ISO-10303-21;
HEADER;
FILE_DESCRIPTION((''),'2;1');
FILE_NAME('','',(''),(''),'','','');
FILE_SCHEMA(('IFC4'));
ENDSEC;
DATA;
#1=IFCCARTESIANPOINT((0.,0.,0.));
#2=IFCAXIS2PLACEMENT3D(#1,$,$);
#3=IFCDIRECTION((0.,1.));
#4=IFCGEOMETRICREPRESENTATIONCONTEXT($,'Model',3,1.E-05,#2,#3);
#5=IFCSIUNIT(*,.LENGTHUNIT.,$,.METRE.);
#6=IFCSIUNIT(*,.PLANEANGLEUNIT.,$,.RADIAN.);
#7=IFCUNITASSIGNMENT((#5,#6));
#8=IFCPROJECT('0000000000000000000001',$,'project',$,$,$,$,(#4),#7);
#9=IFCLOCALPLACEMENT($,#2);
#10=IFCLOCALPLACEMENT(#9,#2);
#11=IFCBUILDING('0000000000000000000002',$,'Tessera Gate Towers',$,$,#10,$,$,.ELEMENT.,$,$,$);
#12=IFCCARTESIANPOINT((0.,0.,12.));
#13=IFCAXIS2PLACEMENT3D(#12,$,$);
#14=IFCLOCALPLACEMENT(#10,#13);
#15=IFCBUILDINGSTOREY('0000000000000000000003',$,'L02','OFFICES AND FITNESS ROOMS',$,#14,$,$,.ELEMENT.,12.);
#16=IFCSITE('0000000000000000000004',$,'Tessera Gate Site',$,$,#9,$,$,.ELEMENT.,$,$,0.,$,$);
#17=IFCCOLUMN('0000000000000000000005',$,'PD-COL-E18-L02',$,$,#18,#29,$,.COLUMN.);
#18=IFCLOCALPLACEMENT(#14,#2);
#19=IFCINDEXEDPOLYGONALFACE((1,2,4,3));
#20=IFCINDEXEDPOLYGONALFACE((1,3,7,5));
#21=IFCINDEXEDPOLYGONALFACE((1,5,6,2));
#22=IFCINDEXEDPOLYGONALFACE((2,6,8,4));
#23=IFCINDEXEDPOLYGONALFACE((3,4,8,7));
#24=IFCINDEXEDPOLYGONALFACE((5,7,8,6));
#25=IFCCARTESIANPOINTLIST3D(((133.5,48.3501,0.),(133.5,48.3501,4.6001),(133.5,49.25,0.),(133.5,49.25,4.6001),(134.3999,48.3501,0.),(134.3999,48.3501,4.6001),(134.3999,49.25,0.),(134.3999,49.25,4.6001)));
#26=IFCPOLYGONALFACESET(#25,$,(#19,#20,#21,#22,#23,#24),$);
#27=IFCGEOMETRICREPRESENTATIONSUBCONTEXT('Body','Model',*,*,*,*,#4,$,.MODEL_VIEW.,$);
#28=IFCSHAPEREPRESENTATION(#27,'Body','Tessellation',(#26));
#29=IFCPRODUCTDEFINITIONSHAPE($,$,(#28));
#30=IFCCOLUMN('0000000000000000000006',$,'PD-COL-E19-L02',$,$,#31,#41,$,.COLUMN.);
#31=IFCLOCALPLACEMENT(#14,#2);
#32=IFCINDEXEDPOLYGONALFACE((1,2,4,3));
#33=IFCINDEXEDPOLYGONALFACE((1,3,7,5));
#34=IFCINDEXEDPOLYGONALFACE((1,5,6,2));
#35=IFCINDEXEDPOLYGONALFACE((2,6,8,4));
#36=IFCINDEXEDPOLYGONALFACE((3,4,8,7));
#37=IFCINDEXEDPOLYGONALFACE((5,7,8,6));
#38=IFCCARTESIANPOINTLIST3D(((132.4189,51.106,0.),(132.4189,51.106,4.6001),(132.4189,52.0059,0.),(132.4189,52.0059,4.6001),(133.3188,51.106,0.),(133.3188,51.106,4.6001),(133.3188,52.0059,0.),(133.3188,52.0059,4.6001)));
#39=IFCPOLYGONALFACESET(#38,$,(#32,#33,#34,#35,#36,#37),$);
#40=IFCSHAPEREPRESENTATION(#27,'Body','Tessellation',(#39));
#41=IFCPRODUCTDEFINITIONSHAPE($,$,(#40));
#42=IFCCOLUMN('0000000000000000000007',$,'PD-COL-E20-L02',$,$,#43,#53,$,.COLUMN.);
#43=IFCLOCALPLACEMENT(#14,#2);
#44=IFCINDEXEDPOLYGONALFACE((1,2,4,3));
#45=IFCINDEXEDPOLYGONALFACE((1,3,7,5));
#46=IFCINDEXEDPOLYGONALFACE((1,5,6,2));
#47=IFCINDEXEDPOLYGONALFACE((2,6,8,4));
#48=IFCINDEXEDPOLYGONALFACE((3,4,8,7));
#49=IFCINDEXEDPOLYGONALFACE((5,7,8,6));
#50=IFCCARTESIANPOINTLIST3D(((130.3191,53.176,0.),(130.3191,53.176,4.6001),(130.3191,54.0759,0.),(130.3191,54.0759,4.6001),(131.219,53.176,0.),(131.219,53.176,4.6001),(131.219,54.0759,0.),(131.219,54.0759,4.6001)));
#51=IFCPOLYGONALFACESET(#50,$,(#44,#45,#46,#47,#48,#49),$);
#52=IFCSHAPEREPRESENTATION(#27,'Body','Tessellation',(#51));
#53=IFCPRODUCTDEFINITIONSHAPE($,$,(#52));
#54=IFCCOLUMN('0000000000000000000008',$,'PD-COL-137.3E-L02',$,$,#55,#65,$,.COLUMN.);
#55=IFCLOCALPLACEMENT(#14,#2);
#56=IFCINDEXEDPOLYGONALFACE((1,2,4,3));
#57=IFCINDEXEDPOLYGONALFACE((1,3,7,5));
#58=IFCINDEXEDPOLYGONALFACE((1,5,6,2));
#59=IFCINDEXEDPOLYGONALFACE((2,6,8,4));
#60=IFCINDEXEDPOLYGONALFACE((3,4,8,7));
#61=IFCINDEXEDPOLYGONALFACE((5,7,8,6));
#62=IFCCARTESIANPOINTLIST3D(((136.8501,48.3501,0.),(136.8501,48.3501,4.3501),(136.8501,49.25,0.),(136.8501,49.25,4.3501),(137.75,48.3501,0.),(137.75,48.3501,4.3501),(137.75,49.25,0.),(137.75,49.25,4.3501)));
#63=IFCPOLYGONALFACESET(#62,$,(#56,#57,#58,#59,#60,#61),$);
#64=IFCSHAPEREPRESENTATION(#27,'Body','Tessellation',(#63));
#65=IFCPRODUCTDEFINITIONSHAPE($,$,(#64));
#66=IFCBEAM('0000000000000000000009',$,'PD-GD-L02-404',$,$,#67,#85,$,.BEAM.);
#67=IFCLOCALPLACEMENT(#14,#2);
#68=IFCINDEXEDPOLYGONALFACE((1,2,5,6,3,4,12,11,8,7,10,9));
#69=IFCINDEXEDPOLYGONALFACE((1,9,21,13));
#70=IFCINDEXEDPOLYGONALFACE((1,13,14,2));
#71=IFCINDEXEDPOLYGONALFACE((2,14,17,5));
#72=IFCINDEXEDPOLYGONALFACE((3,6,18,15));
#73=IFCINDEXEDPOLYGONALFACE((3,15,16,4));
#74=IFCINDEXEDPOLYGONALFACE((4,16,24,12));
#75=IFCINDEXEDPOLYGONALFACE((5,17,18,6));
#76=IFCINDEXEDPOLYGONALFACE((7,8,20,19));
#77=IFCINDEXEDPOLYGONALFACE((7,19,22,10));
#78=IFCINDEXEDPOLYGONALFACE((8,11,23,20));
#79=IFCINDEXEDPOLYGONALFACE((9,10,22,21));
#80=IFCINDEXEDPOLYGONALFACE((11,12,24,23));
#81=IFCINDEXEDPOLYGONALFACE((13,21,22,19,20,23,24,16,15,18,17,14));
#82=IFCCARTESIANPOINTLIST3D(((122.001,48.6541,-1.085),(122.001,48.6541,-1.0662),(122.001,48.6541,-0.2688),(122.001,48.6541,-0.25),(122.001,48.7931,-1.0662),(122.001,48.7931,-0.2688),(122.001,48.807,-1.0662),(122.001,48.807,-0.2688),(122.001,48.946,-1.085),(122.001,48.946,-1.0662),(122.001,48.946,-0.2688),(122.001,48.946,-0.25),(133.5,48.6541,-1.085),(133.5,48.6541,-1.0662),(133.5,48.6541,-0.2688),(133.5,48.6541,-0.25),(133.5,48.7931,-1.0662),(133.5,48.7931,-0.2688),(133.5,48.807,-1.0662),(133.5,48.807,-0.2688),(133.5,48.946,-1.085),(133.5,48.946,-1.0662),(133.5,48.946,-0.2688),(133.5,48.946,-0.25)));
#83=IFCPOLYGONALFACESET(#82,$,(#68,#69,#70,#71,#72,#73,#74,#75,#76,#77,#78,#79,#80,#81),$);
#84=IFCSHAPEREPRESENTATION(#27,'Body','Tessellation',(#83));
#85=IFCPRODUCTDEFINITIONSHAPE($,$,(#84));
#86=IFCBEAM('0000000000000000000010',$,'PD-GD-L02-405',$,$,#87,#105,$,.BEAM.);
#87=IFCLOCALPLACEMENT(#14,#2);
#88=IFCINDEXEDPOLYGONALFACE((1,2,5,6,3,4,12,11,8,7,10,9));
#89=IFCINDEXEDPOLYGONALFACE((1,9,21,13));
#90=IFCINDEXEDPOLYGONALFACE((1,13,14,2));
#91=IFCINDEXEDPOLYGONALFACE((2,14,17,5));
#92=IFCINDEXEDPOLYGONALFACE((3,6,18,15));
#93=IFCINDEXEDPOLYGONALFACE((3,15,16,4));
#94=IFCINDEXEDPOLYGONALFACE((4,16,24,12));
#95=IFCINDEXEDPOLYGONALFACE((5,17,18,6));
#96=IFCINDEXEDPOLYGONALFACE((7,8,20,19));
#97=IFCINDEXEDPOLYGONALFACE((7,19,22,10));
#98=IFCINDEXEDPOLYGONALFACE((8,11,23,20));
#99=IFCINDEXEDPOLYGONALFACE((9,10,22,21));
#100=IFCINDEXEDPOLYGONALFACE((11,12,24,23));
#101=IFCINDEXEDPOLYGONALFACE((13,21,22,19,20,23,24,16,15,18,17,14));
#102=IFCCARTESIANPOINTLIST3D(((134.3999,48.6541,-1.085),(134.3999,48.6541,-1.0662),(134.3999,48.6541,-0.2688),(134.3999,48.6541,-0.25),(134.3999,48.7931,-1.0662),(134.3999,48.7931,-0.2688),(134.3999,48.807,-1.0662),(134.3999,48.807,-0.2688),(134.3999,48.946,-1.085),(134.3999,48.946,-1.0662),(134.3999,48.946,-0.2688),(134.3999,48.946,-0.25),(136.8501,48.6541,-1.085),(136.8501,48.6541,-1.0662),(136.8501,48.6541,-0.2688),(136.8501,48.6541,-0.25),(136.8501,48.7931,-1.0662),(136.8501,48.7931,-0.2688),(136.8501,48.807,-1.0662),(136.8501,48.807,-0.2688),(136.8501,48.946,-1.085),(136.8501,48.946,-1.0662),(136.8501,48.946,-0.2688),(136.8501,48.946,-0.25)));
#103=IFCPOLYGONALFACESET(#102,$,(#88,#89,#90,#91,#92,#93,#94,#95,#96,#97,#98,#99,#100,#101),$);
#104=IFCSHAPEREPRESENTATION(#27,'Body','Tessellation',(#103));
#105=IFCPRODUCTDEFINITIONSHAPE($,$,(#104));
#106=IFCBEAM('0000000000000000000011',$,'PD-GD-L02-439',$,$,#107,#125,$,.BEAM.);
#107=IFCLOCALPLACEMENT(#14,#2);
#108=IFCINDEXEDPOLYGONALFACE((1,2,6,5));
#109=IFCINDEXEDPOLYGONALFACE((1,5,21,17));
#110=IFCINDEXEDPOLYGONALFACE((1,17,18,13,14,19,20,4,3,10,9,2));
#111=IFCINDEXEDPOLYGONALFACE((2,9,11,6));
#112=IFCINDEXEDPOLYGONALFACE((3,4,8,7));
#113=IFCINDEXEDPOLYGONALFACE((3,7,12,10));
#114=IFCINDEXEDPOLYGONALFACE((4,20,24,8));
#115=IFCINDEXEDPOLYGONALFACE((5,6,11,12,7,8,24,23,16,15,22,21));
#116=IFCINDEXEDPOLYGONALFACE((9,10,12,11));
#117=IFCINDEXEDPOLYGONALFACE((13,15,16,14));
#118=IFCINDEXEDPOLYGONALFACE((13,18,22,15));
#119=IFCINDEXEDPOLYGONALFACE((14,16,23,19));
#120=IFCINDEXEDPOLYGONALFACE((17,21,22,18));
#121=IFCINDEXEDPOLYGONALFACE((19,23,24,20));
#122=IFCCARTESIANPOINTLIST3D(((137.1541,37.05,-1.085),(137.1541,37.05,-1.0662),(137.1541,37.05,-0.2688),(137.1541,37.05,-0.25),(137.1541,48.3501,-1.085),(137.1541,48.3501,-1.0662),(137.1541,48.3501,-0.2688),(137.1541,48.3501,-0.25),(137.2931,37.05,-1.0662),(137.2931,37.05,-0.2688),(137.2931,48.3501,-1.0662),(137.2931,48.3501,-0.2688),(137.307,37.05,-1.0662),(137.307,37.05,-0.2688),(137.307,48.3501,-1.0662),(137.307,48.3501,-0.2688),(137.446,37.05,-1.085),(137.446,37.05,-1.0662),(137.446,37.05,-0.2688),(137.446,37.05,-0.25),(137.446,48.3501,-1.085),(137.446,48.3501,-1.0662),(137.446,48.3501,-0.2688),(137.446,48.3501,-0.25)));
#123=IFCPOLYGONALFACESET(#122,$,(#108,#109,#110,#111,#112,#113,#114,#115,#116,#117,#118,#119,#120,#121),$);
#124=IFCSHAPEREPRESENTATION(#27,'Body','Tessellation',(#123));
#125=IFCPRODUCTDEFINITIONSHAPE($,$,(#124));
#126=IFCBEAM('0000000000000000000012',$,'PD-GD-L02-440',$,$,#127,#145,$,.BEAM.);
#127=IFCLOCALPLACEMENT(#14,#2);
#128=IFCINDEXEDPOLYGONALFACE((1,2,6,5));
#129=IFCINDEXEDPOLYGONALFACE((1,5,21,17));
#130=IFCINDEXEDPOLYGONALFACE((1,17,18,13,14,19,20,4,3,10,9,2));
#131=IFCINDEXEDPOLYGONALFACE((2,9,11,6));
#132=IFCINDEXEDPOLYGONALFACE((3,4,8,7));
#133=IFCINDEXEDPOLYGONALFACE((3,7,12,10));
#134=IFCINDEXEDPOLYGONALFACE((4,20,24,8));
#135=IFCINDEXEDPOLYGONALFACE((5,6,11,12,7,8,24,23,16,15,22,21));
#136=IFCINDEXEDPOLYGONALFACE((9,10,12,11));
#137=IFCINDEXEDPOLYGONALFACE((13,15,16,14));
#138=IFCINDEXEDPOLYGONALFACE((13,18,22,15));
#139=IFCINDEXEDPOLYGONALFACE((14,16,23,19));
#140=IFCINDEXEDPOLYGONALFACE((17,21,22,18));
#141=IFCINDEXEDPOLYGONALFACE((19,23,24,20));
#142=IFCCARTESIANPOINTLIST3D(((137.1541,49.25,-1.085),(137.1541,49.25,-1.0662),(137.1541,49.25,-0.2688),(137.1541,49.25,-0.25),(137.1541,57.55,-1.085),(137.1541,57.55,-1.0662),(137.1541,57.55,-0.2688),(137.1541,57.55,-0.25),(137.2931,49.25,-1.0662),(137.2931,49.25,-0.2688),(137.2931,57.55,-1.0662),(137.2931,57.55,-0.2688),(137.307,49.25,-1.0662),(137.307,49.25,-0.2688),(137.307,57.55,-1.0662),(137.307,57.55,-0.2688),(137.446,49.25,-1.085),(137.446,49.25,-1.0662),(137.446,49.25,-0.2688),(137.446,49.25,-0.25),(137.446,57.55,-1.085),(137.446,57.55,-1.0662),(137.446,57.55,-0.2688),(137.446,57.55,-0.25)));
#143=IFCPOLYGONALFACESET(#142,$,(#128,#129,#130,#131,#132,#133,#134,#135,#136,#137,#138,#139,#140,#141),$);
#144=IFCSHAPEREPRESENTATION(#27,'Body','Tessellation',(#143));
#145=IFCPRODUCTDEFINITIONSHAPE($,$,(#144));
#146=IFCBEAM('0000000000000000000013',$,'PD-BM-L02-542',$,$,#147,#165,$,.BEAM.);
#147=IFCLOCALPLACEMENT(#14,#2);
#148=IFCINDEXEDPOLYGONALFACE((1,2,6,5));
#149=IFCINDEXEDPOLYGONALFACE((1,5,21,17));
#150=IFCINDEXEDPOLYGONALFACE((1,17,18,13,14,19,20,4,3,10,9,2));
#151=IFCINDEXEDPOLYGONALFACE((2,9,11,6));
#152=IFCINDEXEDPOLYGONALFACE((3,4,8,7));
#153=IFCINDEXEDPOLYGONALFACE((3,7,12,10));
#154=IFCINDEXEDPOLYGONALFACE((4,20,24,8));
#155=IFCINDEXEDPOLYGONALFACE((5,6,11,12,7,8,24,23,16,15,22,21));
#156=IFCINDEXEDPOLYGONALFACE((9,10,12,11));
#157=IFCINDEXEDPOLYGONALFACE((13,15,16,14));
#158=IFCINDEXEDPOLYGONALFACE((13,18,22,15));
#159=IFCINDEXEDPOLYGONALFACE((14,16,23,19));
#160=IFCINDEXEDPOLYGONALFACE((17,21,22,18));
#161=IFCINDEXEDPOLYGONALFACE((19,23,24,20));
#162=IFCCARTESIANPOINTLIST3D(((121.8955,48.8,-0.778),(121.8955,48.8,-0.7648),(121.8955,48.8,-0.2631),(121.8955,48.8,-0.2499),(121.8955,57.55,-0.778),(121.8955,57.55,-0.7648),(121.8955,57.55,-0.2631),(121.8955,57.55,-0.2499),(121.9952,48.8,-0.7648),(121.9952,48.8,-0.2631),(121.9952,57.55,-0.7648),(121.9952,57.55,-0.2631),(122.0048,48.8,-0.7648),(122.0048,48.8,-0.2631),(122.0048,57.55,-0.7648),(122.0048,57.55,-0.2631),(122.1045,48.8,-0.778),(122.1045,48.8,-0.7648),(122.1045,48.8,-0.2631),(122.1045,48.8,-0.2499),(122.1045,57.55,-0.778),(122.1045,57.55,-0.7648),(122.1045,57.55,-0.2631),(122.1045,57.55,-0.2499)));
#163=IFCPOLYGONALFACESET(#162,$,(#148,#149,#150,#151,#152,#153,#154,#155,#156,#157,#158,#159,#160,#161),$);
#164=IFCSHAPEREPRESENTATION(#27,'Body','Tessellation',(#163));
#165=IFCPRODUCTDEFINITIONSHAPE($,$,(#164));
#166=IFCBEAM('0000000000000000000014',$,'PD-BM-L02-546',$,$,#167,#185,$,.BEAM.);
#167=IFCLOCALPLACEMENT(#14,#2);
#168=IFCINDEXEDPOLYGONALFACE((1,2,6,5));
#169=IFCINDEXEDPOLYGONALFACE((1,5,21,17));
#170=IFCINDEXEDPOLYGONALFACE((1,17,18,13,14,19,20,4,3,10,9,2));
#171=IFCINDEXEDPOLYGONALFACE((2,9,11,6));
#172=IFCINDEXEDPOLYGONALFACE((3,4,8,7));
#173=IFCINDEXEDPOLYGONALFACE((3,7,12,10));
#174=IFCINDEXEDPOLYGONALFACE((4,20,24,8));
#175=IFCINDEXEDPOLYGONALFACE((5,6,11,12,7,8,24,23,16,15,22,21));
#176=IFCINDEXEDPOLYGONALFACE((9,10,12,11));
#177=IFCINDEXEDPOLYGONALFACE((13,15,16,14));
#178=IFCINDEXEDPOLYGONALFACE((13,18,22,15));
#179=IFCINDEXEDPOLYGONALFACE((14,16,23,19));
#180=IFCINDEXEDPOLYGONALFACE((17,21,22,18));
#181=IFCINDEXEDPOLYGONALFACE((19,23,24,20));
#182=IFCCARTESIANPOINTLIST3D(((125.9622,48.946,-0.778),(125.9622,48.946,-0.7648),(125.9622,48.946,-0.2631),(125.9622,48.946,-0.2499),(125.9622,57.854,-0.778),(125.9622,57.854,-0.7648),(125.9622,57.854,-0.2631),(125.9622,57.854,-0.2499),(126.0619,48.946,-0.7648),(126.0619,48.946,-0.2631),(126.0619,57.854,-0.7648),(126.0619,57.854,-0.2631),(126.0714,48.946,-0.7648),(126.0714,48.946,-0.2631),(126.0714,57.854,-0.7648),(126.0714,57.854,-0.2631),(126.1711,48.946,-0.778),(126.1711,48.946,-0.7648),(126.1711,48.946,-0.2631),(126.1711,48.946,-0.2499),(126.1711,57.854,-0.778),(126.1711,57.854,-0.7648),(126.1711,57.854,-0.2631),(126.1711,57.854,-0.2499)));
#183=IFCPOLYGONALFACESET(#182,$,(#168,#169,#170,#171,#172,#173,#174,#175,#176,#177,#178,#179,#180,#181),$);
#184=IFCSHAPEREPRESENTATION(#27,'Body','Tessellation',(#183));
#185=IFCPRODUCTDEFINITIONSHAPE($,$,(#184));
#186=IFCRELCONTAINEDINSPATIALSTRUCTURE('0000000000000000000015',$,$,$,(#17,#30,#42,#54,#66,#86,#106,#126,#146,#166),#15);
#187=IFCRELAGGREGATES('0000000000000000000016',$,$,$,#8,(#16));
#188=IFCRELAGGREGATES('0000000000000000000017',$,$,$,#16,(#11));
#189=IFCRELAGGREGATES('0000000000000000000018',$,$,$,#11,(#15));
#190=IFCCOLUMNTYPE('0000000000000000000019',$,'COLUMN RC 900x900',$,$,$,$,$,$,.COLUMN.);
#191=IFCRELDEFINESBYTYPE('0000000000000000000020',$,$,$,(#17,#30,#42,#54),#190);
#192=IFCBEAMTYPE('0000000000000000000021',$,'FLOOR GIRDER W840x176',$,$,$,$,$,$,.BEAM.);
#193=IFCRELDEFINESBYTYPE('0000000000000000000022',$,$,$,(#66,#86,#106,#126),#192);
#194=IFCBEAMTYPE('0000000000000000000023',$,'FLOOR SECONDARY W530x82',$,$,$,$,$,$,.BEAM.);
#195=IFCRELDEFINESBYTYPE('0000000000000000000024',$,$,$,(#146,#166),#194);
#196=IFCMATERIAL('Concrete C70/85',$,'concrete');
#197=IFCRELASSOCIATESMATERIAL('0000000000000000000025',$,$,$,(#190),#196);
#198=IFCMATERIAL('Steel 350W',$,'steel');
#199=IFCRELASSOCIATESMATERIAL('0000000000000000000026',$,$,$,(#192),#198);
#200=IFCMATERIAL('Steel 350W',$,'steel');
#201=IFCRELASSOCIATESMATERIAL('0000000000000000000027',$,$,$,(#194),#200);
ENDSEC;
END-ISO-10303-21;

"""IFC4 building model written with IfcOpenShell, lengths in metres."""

from ifc_helpers import new_model, si_unit, direction, frame, origin, origin_2d, place, context, subcontext, project, spatial, rectangle, i_section, extrude, material, material_profile, profile_set, type_object, element, save


model = new_model("IFC4")

# Units and contexts
model_context = context("Model", 3, precision=1e-05, world=origin(), true_north=direction((0.0, 1.0)))
body_context = subcontext(model_context, "Body", "Model", "MODEL_VIEW")
ifc_project = project(units=[si_unit("LENGTHUNIT", "METRE"), si_unit("PLANEANGLEUNIT", "RADIAN")], contexts=[model_context])

# Site, building, storey
site_placement = place(None, origin())
site = spatial("IfcSite", under=ifc_project, at=site_placement, Name="Tessera Gate Site", CompositionType="ELEMENT", RefElevation=0.0)
building_placement = place(site_placement, origin())
building = spatial("IfcBuilding", under=site, at=building_placement, Name="Tessera Gate Towers", CompositionType="ELEMENT")
storey_placement = place(building_placement, frame((0.0, 0.0, 12.0)))
storey = spatial("IfcBuildingStorey", under=building, at=storey_placement, Name="L02", Description="OFFICES AND FITNESS ROOMS", CompositionType="ELEMENT", Elevation=12.0)

# Columns
ifc_material_1 = material(Name="Concrete C70/85", Category="concrete")
ifc_material_profile_1 = material_profile(ifc_material_1, rectangle(XDim=0.8999, YDim=0.8999, at=origin_2d()), Name="RC 900x900")
ifc_profile_set_1 = profile_set([ifc_material_profile_1], Name="Concrete C70/85")
column_type = type_object("IfcColumnType", Name="COLUMN RC 900x900", PredefinedType="COLUMN", material=ifc_profile_set_1)
for number, where, z_axis, x_axis, name in (
    (1, (133.95, 48.8, 0.0), (0.0, 0.0, 1.0), (1.0, 0.0, 0.0), "PD-COL-E18-L02"),
    (2, (132.8689, 51.5559, 0.0), (0.0, 0.0, 1.0), (1.0, 0.0, 0.0), "PD-COL-E19-L02"),
    (3, (130.769, 53.626, 0.0), (0.0, 0.0, 1.0), (1.0, 0.0, 0.0), "PD-COL-E20-L02"),
):
    element("IfcColumn", number, at=place(storey_placement, frame(where, z_axis=z_axis, x_axis=x_axis)), inside=storey, type_object=column_type, Name=name, PredefinedType="COLUMN", context=body_context, shape_type="SweptSolid", body=[
        extrude(rectangle(XDim=0.8999, YDim=0.8999, at=origin_2d()), origin(), (0.0, 0.0, 1.0), 4.6001),
    ])
column_placement = place(storey_placement, frame((137.3, 48.8, 0.0), z_axis=(0.0, 0.0, 1.0), x_axis=(1.0, 0.0, 0.0)))
element("IfcColumn", 4, at=column_placement, inside=storey, type_object=column_type, Name="PD-COL-137.3E-L02", PredefinedType="COLUMN", context=body_context, shape_type="SweptSolid", body=[
    extrude(rectangle(XDim=0.8999, YDim=0.8999, at=origin_2d()), origin(), (0.0, 0.0, 1.0), 4.3501),
])

# Beams
ifc_material_2 = material(Name="Steel 350W", Category="steel")
ifc_material_profile_2 = material_profile(ifc_material_2, i_section(OverallWidth=0.292, OverallDepth=0.835, WebThickness=0.0139, FlangeThickness=0.0188, at=origin_2d()), Name="W840x176")
ifc_profile_set_2 = profile_set([ifc_material_profile_2], Name="Steel 350W")
beam_type_1 = type_object("IfcBeamType", Name="FLOOR GIRDER W840x176", PredefinedType="BEAM", material=ifc_profile_set_2)
beam_1_placement = place(storey_placement, frame((122.001, 48.8, -0.6675), z_axis=(1.0, 0.0, 0.0), x_axis=(0.0, 1.0, 0.0)))
element("IfcBeam", 5, at=beam_1_placement, inside=storey, type_object=beam_type_1, Name="PD-GD-L02-404", PredefinedType="BEAM", context=body_context, shape_type="SweptSolid", body=[
    extrude(i_section(OverallWidth=0.292, OverallDepth=0.835, WebThickness=0.0139, FlangeThickness=0.0188, at=origin_2d()), origin(), (0.0, 0.0, 1.0), 11.499),
])
beam_2_placement = place(storey_placement, frame((134.3999, 48.8, -0.6675), z_axis=(1.0, 0.0, 0.0), x_axis=(0.0, 1.0, 0.0)))
element("IfcBeam", 6, at=beam_2_placement, inside=storey, type_object=beam_type_1, Name="PD-GD-L02-405", PredefinedType="BEAM", context=body_context, shape_type="SweptSolid", body=[
    extrude(i_section(OverallWidth=0.292, OverallDepth=0.835, WebThickness=0.0139, FlangeThickness=0.0188, at=origin_2d()), origin(), (0.0, 0.0, 1.0), 2.4502),
])
beam_3_placement = place(storey_placement, frame((137.3, 37.05, -0.6675), z_axis=(0.0, 1.0, 0.0), x_axis=(-1.0, 0.0, 0.0)))
element("IfcBeam", 7, at=beam_3_placement, inside=storey, type_object=beam_type_1, Name="PD-GD-L02-439", PredefinedType="BEAM", context=body_context, shape_type="SweptSolid", body=[
    extrude(i_section(OverallWidth=0.292, OverallDepth=0.835, WebThickness=0.0139, FlangeThickness=0.0188, at=origin_2d()), origin(), (0.0, 0.0, 1.0), 11.3),
])
beam_4_placement = place(storey_placement, frame((137.3, 49.25, -0.6675), z_axis=(0.0, 1.0, 0.0), x_axis=(-1.0, 0.0, 0.0)))
element("IfcBeam", 8, at=beam_4_placement, inside=storey, type_object=beam_type_1, Name="PD-GD-L02-440", PredefinedType="BEAM", context=body_context, shape_type="SweptSolid", body=[
    extrude(i_section(OverallWidth=0.292, OverallDepth=0.835, WebThickness=0.0139, FlangeThickness=0.0188, at=origin_2d()), origin(), (0.0, 0.0, 1.0), 8.3),
])
ifc_material_3 = material(Name="Steel 350W", Category="steel")
ifc_material_profile_3 = material_profile(ifc_material_3, i_section(OverallWidth=0.209, OverallDepth=0.5281, WebThickness=0.0095, FlangeThickness=0.0132, at=origin_2d()), Name="W530x82")
ifc_profile_set_3 = profile_set([ifc_material_profile_3], Name="Steel 350W")
beam_type_2 = type_object("IfcBeamType", Name="FLOOR SECONDARY W530x82", PredefinedType="BEAM", material=ifc_profile_set_3)
beam_5_placement = place(storey_placement, frame((122.0, 48.8, -0.5139), z_axis=(0.0, 1.0, 0.0), x_axis=(-1.0, 0.0, 0.0)))
element("IfcBeam", 9, at=beam_5_placement, inside=storey, type_object=beam_type_2, Name="PD-BM-L02-542", PredefinedType="BEAM", context=body_context, shape_type="SweptSolid", body=[
    extrude(i_section(OverallWidth=0.209, OverallDepth=0.5281, WebThickness=0.0095, FlangeThickness=0.0132, at=origin_2d()), origin(), (0.0, 0.0, 1.0), 8.75),
])
for number, where, z_axis, x_axis, name in (
    (10, (126.0667, 48.946, -0.5139), (0.0, 1.0, 0.0), (-1.0, 0.0, 0.0), "PD-BM-L02-546"),
):
    element("IfcBeam", number, at=place(storey_placement, frame(where, z_axis=z_axis, x_axis=x_axis)), inside=storey, type_object=beam_type_2, Name=name, PredefinedType="BEAM", context=body_context, shape_type="SweptSolid", body=[
        extrude(i_section(OverallWidth=0.209, OverallDepth=0.5281, WebThickness=0.0095, FlangeThickness=0.0132, at=origin_2d()), origin(), (0.0, 0.0, 1.0), 8.908),
    ])

save(model, "model.ifc")
